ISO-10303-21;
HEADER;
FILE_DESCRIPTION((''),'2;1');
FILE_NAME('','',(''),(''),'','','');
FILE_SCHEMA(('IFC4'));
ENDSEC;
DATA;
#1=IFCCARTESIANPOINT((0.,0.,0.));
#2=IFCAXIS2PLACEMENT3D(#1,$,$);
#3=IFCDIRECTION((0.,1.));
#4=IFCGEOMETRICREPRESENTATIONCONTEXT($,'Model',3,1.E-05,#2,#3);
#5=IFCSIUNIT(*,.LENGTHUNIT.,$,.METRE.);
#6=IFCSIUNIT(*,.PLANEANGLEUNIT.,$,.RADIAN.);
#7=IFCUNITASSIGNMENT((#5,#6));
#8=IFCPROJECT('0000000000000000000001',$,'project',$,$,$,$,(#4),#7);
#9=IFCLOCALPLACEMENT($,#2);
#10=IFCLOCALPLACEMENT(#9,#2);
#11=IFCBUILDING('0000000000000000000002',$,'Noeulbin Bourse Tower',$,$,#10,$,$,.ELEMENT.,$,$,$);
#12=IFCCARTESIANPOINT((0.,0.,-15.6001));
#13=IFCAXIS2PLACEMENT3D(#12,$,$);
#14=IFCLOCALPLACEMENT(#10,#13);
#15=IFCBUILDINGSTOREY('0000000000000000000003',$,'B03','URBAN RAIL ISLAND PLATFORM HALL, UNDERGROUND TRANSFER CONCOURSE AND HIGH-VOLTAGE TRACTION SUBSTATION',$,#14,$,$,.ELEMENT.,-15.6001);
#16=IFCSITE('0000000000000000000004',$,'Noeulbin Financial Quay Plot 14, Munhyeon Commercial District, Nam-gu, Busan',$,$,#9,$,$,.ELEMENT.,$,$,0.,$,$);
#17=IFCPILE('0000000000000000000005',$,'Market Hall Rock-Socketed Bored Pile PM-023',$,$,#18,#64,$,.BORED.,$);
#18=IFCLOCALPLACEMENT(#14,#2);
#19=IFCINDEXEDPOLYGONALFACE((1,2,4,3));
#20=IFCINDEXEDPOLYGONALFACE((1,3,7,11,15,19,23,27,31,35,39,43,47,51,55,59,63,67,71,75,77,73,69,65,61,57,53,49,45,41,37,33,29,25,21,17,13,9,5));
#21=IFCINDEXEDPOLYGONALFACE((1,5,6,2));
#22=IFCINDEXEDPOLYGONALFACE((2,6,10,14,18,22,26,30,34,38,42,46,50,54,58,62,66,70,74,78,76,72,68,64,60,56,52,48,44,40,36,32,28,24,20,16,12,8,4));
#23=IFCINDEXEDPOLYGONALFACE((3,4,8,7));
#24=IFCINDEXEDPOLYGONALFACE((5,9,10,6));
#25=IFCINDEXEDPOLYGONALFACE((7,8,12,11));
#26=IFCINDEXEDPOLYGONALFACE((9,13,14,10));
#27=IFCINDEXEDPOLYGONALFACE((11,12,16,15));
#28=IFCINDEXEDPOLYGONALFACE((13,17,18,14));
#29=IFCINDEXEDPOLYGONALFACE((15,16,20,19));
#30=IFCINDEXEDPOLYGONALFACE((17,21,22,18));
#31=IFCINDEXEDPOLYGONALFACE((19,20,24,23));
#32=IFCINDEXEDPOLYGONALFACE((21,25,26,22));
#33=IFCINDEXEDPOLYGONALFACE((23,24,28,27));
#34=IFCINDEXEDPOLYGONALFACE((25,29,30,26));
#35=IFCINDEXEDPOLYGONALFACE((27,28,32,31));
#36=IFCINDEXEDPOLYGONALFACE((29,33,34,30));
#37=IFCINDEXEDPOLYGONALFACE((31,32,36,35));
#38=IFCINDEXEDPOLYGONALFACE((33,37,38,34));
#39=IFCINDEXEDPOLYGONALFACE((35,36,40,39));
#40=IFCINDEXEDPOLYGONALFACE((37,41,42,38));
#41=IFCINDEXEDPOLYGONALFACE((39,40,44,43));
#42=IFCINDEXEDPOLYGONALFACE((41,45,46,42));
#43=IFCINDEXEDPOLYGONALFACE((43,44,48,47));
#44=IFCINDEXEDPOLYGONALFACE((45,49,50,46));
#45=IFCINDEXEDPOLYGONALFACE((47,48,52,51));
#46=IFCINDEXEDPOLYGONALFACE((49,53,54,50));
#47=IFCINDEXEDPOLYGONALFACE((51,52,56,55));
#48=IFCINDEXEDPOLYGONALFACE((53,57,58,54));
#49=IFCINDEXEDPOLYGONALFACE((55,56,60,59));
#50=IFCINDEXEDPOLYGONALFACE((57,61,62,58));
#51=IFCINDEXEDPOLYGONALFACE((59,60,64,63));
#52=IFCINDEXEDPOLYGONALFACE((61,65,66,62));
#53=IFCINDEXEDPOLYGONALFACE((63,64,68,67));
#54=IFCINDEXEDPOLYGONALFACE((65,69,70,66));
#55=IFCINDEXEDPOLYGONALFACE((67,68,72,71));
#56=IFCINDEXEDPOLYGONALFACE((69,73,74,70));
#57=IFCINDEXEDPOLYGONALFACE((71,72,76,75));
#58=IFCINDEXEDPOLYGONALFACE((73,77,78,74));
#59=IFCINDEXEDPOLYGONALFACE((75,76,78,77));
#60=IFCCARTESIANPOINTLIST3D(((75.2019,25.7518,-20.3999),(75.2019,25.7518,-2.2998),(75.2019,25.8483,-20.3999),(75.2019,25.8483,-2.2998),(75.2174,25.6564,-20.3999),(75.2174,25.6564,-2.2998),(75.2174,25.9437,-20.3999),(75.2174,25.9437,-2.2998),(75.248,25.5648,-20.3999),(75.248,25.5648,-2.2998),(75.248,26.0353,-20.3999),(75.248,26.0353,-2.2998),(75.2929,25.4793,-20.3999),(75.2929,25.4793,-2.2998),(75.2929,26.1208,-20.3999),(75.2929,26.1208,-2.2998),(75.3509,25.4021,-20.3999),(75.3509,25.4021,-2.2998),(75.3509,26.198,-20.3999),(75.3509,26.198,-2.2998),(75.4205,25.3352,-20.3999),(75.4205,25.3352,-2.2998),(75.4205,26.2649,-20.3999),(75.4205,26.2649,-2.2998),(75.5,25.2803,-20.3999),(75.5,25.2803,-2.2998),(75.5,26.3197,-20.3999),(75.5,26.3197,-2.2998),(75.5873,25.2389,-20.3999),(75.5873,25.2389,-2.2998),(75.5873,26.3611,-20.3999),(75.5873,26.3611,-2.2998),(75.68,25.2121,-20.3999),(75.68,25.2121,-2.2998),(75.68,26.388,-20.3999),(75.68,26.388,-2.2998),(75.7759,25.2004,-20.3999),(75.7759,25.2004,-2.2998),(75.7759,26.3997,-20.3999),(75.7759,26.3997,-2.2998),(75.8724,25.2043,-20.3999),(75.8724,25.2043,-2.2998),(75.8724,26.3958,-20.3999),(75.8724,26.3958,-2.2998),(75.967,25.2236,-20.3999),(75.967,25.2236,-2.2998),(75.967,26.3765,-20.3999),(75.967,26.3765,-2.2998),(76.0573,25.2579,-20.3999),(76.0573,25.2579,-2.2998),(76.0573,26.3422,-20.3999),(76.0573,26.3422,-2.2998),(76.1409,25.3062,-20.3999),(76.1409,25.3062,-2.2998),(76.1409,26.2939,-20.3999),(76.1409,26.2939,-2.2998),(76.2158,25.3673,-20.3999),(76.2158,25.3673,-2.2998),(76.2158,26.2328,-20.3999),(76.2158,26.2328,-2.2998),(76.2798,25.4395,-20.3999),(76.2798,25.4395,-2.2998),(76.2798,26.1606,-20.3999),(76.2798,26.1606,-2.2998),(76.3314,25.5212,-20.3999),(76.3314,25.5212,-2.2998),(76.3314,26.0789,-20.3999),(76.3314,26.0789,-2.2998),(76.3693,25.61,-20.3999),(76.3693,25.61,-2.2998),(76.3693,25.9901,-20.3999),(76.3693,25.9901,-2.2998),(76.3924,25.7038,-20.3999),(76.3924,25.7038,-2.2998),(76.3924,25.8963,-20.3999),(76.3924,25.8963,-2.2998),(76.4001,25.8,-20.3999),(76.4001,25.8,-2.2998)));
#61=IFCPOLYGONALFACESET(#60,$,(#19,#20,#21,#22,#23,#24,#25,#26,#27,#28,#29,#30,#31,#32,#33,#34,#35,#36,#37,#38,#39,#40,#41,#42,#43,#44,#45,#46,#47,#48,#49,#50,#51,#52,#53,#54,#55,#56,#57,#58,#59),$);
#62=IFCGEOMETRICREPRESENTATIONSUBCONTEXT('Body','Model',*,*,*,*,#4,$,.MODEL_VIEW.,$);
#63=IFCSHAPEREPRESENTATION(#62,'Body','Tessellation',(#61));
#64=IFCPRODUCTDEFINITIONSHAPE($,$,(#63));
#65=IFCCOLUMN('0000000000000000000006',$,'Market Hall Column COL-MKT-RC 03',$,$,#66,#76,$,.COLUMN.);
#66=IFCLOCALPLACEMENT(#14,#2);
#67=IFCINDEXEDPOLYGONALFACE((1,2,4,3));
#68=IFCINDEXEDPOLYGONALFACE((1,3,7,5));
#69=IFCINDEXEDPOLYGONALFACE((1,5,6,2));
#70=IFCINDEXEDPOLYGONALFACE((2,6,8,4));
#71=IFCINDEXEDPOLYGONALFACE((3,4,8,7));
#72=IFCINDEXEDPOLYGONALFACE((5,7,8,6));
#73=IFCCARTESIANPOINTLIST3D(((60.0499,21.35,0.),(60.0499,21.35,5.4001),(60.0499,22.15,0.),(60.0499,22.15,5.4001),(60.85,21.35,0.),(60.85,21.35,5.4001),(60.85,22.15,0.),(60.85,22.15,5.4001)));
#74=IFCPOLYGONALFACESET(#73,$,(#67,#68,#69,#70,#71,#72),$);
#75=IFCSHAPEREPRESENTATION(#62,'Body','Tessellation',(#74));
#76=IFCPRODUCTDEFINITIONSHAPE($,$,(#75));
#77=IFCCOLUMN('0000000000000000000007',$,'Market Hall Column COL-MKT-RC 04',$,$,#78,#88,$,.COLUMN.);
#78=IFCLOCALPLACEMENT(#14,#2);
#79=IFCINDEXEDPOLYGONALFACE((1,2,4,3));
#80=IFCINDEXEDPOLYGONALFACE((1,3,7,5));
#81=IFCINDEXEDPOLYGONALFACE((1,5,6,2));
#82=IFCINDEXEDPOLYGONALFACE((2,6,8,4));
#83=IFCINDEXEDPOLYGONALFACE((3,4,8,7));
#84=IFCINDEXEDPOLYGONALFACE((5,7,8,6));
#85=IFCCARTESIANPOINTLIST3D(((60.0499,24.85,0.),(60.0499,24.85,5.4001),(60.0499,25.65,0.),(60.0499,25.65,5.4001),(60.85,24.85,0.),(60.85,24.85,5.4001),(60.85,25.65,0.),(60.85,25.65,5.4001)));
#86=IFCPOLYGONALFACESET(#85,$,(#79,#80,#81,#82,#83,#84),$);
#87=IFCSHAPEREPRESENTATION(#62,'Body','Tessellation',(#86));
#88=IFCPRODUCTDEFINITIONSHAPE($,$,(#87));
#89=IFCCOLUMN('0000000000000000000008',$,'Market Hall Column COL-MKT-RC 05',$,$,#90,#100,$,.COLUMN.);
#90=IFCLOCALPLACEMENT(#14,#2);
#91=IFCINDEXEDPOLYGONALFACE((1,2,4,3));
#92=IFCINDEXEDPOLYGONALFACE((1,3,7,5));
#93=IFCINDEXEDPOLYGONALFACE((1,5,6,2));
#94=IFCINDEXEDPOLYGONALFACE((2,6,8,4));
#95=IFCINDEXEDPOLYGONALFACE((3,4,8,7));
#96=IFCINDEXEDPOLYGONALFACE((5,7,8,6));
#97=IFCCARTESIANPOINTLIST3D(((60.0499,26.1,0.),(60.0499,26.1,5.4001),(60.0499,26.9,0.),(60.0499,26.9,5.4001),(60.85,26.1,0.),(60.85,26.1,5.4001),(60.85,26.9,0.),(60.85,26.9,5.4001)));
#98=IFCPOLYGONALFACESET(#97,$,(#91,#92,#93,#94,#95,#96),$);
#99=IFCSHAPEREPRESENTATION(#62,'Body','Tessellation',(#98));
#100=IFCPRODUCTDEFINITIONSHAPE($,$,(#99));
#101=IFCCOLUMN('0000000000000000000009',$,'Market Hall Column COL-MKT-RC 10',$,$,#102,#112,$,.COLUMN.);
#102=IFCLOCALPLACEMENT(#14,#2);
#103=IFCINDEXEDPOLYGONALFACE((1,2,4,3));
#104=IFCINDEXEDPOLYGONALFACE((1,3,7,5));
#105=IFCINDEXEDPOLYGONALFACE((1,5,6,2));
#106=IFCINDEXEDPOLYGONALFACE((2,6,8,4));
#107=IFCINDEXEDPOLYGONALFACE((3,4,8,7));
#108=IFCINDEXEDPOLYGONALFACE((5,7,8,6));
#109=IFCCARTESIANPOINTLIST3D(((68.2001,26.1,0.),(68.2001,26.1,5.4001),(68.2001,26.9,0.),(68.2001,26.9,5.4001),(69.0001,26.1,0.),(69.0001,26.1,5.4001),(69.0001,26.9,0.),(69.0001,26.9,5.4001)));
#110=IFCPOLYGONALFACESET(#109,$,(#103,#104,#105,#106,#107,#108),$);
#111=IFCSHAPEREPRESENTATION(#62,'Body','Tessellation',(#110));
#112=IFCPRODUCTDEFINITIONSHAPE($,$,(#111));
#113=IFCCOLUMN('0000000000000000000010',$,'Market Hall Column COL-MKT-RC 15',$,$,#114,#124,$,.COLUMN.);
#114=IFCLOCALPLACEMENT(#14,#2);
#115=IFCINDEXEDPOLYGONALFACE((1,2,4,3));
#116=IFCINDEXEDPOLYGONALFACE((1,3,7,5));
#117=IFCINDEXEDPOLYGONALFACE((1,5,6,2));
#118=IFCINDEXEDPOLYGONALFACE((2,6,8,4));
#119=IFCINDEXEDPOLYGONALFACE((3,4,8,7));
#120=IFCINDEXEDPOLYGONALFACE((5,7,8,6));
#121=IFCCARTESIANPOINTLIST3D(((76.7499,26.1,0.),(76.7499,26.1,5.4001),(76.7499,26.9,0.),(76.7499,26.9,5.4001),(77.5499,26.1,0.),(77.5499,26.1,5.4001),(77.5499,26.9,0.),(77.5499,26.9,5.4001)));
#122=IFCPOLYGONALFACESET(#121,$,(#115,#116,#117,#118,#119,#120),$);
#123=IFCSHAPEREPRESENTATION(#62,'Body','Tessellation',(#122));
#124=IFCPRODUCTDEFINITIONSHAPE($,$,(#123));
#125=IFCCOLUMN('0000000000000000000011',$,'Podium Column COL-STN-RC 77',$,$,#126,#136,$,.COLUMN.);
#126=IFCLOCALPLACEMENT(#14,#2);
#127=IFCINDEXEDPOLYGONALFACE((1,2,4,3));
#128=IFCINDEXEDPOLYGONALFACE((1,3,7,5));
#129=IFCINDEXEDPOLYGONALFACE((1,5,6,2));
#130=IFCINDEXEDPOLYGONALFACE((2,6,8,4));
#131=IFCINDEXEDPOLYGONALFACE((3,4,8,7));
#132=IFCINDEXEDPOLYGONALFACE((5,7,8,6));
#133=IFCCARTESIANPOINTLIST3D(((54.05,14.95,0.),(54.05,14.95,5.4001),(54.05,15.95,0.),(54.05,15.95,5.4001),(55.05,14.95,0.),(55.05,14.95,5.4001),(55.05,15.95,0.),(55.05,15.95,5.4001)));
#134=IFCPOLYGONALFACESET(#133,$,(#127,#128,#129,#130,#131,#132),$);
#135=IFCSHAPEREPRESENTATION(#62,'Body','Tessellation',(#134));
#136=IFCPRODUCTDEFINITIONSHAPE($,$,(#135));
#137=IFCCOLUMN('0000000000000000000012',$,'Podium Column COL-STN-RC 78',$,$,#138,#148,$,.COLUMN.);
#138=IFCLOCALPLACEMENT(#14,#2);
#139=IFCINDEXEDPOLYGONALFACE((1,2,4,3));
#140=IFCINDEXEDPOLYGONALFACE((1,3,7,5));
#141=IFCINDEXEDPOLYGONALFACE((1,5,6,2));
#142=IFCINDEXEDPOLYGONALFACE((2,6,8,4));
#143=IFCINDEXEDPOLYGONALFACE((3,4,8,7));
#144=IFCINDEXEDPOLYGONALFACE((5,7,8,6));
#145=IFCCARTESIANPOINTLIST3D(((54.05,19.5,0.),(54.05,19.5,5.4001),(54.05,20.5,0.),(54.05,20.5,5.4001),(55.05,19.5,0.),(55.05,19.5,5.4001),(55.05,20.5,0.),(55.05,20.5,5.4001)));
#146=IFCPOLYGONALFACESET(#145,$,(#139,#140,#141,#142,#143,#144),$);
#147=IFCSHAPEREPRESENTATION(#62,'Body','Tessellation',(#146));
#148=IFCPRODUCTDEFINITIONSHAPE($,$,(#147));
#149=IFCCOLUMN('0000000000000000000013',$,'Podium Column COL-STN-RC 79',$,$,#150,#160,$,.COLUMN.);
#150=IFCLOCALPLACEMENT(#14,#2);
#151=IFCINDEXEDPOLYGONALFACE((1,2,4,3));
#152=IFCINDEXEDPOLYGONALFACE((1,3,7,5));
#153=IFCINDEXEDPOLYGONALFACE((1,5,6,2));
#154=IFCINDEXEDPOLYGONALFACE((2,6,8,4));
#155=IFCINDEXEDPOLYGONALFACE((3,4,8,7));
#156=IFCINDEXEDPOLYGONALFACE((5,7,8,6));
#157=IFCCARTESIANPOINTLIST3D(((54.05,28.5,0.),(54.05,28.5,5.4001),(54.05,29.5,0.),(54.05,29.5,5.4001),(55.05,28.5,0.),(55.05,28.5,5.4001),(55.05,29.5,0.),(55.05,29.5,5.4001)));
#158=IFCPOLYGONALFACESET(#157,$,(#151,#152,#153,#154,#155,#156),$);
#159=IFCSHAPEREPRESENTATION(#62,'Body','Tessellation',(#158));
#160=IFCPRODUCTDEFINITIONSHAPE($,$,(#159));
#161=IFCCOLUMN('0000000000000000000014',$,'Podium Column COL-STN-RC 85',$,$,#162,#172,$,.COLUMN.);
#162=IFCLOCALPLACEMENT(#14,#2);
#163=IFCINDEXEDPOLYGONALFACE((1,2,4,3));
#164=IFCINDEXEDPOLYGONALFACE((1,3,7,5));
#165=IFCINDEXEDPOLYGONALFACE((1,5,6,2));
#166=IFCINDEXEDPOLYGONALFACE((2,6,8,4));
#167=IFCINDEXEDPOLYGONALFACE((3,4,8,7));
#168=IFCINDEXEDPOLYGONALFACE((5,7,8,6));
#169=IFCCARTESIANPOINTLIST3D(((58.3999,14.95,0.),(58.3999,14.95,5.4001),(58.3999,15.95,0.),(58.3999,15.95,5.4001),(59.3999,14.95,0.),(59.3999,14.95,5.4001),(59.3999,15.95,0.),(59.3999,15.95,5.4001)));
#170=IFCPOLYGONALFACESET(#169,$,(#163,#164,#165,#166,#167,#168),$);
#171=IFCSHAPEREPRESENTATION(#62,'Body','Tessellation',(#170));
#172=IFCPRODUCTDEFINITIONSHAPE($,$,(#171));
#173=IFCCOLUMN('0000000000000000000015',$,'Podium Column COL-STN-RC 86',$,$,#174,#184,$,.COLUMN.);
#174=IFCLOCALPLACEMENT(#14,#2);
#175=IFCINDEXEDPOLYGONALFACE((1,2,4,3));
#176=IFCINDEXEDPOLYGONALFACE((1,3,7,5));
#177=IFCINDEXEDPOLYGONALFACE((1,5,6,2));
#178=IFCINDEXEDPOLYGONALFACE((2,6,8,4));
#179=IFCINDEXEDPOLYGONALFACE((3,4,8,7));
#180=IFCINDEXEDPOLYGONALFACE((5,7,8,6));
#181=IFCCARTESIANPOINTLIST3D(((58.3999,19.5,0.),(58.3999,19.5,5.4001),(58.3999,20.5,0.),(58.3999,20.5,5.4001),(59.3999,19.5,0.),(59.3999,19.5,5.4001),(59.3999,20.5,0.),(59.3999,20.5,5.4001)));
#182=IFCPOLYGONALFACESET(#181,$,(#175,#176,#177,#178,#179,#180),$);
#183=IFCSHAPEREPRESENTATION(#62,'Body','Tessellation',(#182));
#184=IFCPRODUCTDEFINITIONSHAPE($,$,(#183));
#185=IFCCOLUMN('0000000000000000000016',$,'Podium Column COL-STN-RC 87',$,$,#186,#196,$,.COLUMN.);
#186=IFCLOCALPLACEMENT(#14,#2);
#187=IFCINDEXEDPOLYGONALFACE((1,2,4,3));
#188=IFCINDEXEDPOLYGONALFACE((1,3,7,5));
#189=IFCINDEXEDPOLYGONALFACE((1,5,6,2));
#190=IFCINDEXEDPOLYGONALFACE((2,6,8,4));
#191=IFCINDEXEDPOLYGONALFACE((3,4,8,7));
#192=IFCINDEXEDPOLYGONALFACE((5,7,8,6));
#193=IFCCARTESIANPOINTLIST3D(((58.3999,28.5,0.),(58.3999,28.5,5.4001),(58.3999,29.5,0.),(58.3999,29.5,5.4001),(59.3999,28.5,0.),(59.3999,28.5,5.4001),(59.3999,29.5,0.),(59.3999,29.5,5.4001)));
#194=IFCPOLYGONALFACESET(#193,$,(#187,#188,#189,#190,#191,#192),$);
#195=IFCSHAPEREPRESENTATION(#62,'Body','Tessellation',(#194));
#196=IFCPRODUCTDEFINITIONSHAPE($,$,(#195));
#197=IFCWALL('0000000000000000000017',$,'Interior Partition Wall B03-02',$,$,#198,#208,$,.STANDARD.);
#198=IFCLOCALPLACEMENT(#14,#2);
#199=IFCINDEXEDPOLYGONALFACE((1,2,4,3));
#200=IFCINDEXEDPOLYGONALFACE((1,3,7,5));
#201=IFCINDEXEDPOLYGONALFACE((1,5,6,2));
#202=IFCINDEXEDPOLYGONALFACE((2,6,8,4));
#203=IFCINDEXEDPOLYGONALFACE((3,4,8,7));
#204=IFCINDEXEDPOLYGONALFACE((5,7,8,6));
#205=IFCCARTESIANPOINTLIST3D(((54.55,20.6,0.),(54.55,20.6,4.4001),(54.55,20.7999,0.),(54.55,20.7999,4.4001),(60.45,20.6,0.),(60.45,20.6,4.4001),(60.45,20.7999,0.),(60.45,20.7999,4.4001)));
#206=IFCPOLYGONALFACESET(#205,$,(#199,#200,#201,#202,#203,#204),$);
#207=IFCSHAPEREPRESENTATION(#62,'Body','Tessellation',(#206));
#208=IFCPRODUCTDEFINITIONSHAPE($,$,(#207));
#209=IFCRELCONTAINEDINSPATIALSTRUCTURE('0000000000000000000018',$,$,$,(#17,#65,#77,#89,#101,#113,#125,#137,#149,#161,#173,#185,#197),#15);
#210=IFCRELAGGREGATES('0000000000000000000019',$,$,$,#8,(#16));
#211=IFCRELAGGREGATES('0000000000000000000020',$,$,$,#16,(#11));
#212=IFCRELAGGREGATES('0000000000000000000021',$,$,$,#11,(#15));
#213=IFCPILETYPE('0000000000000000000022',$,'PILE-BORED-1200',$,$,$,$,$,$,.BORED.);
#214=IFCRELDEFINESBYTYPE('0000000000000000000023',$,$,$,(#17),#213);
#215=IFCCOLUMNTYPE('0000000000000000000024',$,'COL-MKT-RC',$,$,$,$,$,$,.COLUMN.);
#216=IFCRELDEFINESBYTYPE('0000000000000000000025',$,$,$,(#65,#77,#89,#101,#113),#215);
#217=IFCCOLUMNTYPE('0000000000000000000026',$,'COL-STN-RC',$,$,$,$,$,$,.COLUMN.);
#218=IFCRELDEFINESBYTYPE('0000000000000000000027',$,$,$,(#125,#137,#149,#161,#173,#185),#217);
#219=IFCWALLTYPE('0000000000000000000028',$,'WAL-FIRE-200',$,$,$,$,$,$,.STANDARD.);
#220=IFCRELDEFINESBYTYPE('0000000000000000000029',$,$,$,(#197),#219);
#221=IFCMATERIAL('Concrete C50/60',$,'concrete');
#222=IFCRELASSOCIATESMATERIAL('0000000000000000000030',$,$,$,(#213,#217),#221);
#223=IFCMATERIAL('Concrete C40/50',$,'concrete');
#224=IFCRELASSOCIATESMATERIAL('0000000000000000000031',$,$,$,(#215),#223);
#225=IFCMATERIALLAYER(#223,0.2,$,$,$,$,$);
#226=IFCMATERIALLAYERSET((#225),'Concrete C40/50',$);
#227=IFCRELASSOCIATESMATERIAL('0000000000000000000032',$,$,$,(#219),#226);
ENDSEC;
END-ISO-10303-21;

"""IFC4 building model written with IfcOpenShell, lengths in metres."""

from ifc_helpers import new_model, si_unit, direction, frame, frame_2d, origin, origin_2d, place, context, subcontext, project, spatial, rectangle, circle, extrude, material, layer, layer_set, material_profile, profile_set, type_object, element, save


model = new_model("IFC4")

# Units and contexts
model_context = context("Model", 3, precision=1e-05, world=origin(), true_north=direction((0.0, 1.0)))
body_context = subcontext(model_context, "Body", "Model", "MODEL_VIEW")
ifc_project = project(units=[si_unit("LENGTHUNIT", "METRE"), si_unit("PLANEANGLEUNIT", "RADIAN")], contexts=[model_context])

# Site, building, storey
site_placement = place(None, origin())
site = spatial("IfcSite", under=ifc_project, at=site_placement, Name="Noeulbin Financial Quay Plot 14, Munhyeon Commercial District, Nam-gu, Busan", CompositionType="ELEMENT", RefElevation=0.0)
building_placement = place(site_placement, origin())
building = spatial("IfcBuilding", under=site, at=building_placement, Name="Noeulbin Bourse Tower", CompositionType="ELEMENT")
storey_placement = place(building_placement, frame((0.0, 0.0, -15.6001)))
storey = spatial("IfcBuildingStorey", under=building, at=storey_placement, Name="B03", Description="URBAN RAIL ISLAND PLATFORM HALL, UNDERGROUND TRANSFER CONCOURSE AND HIGH-VOLTAGE TRACTION SUBSTATION", CompositionType="ELEMENT", Elevation=-15.6001)

# Shared definitions
ifc_material_1 = material(Name="Concrete C50/60", Category="concrete")

# Pile
ifc_material_profile_1 = material_profile(ifc_material_1, circle(Radius=0.6001, at=origin_2d()), Name="PILE-D1200", Category="LoadBearing")
ifc_profile_set_1 = profile_set([ifc_material_profile_1], Name="Concrete C50/60")
pile_type = type_object("IfcPileType", Name="PILE-BORED-1200", PredefinedType="BORED", material=ifc_profile_set_1)
for number, where, z_axis, x_axis, name in (
    (1, (75.8, 25.8, -2.2998), (0.0, 0.0, -1.0), (1.0, 0.0, 0.0), "Market Hall Rock-Socketed Bored Pile PM-023"),
):
    element("IfcPile", number, at=place(storey_placement, frame(where, z_axis=z_axis, x_axis=x_axis)), inside=storey, type_object=pile_type, Name=name, PredefinedType="BORED", context=body_context, shape_type="SweptSolid", body=[
        extrude(circle(Radius=0.6001, at=origin_2d()), origin(), (0.0, 0.0, 1.0), 18.1001),
    ])

# Columns
ifc_material_2 = material(Name="Concrete C40/50", Category="concrete")
ifc_material_profile_2 = material_profile(ifc_material_2, rectangle(XDim=0.8, YDim=0.8, at=origin_2d()), Name="RC-COL-800x800", Category="LoadBearing")
ifc_profile_set_2 = profile_set([ifc_material_profile_2], Name="Concrete C40/50")
column_type_1 = type_object("IfcColumnType", Name="COL-MKT-RC", PredefinedType="COLUMN", material=ifc_profile_set_2)
for number, where, z_axis, x_axis, name in (
    (2, (60.45, 21.75, 0.0), (0.0, 0.0, 1.0), (1.0, 0.0, 0.0), "Market Hall Column COL-MKT-RC 03"),
    (3, (60.45, 25.25, 0.0), (0.0, 0.0, 1.0), (1.0, 0.0, 0.0), "Market Hall Column COL-MKT-RC 04"),
    (4, (60.45, 26.5, 0.0), (0.0, 0.0, 1.0), (1.0, 0.0, 0.0), "Market Hall Column COL-MKT-RC 05"),
    (5, (68.6001, 26.5, 0.0), (0.0, 0.0, 1.0), (1.0, 0.0, 0.0), "Market Hall Column COL-MKT-RC 10"),
    (6, (77.1499, 26.5, 0.0), (0.0, 0.0, 1.0), (1.0, 0.0, 0.0), "Market Hall Column COL-MKT-RC 15"),
):
    element("IfcColumn", number, at=place(storey_placement, frame(where, z_axis=z_axis, x_axis=x_axis)), inside=storey, type_object=column_type_1, Name=name, PredefinedType="COLUMN", context=body_context, shape_type="SweptSolid", body=[
        extrude(rectangle(XDim=0.8, YDim=0.8, at=origin_2d()), origin(), (0.0, 0.0, 1.0), 5.4001),
    ])
ifc_material_profile_3 = material_profile(ifc_material_1, rectangle(XDim=1.0, YDim=1.0, at=origin_2d()), Name="RC-COL-1000x1000", Category="LoadBearing")
ifc_profile_set_3 = profile_set([ifc_material_profile_3], Name="Concrete C50/60")
column_type_2 = type_object("IfcColumnType", Name="COL-STN-RC", PredefinedType="COLUMN", material=ifc_profile_set_3)
for number, where, z_axis, x_axis, name in (
    (7, (54.55, 15.45, 0.0), (0.0, 0.0, 1.0), (1.0, 0.0, 0.0), "Podium Column COL-STN-RC 77"),
    (8, (54.55, 20.0, 0.0), (0.0, 0.0, 1.0), (1.0, 0.0, 0.0), "Podium Column COL-STN-RC 78"),
    (9, (54.55, 29.0, 0.0), (0.0, 0.0, 1.0), (1.0, 0.0, 0.0), "Podium Column COL-STN-RC 79"),
    (10, (58.8999, 15.45, 0.0), (0.0, 0.0, 1.0), (1.0, 0.0, 0.0), "Podium Column COL-STN-RC 85"),
    (11, (58.8999, 20.0, 0.0), (0.0, 0.0, 1.0), (1.0, 0.0, 0.0), "Podium Column COL-STN-RC 86"),
    (12, (58.8999, 29.0, 0.0), (0.0, 0.0, 1.0), (1.0, 0.0, 0.0), "Podium Column COL-STN-RC 87"),
):
    element("IfcColumn", number, at=place(storey_placement, frame(where, z_axis=z_axis, x_axis=x_axis)), inside=storey, type_object=column_type_2, Name=name, PredefinedType="COLUMN", context=body_context, shape_type="SweptSolid", body=[
        extrude(rectangle(XDim=1.0, YDim=1.0, at=origin_2d()), origin(), (0.0, 0.0, 1.0), 5.4001),
    ])

# Wall
ifc_layer = layer(ifc_material_2, 0.2)
ifc_layer_set = layer_set([ifc_layer], Name="Concrete C40/50")
wall_type = type_object("IfcWallType", Name="WAL-FIRE-200", PredefinedType="STANDARD", material=ifc_layer_set)
wall_1_placement = place(storey_placement, frame((54.55, 20.7, 0.0), z_axis=(0.0, 0.0, 1.0), x_axis=(1.0, 0.0, 0.0)))
element("IfcWall", 13, at=wall_1_placement, inside=storey, type_object=wall_type, Name="Interior Partition Wall B03-02", PredefinedType="STANDARD", context=body_context, shape_type="SweptSolid", body=[
    extrude(rectangle(XDim=5.8999, YDim=0.2, at=frame_2d((2.95, 0.0))), origin(), (0.0, 0.0, 1.0), 4.4001),
])

save(model, "model.ifc")
